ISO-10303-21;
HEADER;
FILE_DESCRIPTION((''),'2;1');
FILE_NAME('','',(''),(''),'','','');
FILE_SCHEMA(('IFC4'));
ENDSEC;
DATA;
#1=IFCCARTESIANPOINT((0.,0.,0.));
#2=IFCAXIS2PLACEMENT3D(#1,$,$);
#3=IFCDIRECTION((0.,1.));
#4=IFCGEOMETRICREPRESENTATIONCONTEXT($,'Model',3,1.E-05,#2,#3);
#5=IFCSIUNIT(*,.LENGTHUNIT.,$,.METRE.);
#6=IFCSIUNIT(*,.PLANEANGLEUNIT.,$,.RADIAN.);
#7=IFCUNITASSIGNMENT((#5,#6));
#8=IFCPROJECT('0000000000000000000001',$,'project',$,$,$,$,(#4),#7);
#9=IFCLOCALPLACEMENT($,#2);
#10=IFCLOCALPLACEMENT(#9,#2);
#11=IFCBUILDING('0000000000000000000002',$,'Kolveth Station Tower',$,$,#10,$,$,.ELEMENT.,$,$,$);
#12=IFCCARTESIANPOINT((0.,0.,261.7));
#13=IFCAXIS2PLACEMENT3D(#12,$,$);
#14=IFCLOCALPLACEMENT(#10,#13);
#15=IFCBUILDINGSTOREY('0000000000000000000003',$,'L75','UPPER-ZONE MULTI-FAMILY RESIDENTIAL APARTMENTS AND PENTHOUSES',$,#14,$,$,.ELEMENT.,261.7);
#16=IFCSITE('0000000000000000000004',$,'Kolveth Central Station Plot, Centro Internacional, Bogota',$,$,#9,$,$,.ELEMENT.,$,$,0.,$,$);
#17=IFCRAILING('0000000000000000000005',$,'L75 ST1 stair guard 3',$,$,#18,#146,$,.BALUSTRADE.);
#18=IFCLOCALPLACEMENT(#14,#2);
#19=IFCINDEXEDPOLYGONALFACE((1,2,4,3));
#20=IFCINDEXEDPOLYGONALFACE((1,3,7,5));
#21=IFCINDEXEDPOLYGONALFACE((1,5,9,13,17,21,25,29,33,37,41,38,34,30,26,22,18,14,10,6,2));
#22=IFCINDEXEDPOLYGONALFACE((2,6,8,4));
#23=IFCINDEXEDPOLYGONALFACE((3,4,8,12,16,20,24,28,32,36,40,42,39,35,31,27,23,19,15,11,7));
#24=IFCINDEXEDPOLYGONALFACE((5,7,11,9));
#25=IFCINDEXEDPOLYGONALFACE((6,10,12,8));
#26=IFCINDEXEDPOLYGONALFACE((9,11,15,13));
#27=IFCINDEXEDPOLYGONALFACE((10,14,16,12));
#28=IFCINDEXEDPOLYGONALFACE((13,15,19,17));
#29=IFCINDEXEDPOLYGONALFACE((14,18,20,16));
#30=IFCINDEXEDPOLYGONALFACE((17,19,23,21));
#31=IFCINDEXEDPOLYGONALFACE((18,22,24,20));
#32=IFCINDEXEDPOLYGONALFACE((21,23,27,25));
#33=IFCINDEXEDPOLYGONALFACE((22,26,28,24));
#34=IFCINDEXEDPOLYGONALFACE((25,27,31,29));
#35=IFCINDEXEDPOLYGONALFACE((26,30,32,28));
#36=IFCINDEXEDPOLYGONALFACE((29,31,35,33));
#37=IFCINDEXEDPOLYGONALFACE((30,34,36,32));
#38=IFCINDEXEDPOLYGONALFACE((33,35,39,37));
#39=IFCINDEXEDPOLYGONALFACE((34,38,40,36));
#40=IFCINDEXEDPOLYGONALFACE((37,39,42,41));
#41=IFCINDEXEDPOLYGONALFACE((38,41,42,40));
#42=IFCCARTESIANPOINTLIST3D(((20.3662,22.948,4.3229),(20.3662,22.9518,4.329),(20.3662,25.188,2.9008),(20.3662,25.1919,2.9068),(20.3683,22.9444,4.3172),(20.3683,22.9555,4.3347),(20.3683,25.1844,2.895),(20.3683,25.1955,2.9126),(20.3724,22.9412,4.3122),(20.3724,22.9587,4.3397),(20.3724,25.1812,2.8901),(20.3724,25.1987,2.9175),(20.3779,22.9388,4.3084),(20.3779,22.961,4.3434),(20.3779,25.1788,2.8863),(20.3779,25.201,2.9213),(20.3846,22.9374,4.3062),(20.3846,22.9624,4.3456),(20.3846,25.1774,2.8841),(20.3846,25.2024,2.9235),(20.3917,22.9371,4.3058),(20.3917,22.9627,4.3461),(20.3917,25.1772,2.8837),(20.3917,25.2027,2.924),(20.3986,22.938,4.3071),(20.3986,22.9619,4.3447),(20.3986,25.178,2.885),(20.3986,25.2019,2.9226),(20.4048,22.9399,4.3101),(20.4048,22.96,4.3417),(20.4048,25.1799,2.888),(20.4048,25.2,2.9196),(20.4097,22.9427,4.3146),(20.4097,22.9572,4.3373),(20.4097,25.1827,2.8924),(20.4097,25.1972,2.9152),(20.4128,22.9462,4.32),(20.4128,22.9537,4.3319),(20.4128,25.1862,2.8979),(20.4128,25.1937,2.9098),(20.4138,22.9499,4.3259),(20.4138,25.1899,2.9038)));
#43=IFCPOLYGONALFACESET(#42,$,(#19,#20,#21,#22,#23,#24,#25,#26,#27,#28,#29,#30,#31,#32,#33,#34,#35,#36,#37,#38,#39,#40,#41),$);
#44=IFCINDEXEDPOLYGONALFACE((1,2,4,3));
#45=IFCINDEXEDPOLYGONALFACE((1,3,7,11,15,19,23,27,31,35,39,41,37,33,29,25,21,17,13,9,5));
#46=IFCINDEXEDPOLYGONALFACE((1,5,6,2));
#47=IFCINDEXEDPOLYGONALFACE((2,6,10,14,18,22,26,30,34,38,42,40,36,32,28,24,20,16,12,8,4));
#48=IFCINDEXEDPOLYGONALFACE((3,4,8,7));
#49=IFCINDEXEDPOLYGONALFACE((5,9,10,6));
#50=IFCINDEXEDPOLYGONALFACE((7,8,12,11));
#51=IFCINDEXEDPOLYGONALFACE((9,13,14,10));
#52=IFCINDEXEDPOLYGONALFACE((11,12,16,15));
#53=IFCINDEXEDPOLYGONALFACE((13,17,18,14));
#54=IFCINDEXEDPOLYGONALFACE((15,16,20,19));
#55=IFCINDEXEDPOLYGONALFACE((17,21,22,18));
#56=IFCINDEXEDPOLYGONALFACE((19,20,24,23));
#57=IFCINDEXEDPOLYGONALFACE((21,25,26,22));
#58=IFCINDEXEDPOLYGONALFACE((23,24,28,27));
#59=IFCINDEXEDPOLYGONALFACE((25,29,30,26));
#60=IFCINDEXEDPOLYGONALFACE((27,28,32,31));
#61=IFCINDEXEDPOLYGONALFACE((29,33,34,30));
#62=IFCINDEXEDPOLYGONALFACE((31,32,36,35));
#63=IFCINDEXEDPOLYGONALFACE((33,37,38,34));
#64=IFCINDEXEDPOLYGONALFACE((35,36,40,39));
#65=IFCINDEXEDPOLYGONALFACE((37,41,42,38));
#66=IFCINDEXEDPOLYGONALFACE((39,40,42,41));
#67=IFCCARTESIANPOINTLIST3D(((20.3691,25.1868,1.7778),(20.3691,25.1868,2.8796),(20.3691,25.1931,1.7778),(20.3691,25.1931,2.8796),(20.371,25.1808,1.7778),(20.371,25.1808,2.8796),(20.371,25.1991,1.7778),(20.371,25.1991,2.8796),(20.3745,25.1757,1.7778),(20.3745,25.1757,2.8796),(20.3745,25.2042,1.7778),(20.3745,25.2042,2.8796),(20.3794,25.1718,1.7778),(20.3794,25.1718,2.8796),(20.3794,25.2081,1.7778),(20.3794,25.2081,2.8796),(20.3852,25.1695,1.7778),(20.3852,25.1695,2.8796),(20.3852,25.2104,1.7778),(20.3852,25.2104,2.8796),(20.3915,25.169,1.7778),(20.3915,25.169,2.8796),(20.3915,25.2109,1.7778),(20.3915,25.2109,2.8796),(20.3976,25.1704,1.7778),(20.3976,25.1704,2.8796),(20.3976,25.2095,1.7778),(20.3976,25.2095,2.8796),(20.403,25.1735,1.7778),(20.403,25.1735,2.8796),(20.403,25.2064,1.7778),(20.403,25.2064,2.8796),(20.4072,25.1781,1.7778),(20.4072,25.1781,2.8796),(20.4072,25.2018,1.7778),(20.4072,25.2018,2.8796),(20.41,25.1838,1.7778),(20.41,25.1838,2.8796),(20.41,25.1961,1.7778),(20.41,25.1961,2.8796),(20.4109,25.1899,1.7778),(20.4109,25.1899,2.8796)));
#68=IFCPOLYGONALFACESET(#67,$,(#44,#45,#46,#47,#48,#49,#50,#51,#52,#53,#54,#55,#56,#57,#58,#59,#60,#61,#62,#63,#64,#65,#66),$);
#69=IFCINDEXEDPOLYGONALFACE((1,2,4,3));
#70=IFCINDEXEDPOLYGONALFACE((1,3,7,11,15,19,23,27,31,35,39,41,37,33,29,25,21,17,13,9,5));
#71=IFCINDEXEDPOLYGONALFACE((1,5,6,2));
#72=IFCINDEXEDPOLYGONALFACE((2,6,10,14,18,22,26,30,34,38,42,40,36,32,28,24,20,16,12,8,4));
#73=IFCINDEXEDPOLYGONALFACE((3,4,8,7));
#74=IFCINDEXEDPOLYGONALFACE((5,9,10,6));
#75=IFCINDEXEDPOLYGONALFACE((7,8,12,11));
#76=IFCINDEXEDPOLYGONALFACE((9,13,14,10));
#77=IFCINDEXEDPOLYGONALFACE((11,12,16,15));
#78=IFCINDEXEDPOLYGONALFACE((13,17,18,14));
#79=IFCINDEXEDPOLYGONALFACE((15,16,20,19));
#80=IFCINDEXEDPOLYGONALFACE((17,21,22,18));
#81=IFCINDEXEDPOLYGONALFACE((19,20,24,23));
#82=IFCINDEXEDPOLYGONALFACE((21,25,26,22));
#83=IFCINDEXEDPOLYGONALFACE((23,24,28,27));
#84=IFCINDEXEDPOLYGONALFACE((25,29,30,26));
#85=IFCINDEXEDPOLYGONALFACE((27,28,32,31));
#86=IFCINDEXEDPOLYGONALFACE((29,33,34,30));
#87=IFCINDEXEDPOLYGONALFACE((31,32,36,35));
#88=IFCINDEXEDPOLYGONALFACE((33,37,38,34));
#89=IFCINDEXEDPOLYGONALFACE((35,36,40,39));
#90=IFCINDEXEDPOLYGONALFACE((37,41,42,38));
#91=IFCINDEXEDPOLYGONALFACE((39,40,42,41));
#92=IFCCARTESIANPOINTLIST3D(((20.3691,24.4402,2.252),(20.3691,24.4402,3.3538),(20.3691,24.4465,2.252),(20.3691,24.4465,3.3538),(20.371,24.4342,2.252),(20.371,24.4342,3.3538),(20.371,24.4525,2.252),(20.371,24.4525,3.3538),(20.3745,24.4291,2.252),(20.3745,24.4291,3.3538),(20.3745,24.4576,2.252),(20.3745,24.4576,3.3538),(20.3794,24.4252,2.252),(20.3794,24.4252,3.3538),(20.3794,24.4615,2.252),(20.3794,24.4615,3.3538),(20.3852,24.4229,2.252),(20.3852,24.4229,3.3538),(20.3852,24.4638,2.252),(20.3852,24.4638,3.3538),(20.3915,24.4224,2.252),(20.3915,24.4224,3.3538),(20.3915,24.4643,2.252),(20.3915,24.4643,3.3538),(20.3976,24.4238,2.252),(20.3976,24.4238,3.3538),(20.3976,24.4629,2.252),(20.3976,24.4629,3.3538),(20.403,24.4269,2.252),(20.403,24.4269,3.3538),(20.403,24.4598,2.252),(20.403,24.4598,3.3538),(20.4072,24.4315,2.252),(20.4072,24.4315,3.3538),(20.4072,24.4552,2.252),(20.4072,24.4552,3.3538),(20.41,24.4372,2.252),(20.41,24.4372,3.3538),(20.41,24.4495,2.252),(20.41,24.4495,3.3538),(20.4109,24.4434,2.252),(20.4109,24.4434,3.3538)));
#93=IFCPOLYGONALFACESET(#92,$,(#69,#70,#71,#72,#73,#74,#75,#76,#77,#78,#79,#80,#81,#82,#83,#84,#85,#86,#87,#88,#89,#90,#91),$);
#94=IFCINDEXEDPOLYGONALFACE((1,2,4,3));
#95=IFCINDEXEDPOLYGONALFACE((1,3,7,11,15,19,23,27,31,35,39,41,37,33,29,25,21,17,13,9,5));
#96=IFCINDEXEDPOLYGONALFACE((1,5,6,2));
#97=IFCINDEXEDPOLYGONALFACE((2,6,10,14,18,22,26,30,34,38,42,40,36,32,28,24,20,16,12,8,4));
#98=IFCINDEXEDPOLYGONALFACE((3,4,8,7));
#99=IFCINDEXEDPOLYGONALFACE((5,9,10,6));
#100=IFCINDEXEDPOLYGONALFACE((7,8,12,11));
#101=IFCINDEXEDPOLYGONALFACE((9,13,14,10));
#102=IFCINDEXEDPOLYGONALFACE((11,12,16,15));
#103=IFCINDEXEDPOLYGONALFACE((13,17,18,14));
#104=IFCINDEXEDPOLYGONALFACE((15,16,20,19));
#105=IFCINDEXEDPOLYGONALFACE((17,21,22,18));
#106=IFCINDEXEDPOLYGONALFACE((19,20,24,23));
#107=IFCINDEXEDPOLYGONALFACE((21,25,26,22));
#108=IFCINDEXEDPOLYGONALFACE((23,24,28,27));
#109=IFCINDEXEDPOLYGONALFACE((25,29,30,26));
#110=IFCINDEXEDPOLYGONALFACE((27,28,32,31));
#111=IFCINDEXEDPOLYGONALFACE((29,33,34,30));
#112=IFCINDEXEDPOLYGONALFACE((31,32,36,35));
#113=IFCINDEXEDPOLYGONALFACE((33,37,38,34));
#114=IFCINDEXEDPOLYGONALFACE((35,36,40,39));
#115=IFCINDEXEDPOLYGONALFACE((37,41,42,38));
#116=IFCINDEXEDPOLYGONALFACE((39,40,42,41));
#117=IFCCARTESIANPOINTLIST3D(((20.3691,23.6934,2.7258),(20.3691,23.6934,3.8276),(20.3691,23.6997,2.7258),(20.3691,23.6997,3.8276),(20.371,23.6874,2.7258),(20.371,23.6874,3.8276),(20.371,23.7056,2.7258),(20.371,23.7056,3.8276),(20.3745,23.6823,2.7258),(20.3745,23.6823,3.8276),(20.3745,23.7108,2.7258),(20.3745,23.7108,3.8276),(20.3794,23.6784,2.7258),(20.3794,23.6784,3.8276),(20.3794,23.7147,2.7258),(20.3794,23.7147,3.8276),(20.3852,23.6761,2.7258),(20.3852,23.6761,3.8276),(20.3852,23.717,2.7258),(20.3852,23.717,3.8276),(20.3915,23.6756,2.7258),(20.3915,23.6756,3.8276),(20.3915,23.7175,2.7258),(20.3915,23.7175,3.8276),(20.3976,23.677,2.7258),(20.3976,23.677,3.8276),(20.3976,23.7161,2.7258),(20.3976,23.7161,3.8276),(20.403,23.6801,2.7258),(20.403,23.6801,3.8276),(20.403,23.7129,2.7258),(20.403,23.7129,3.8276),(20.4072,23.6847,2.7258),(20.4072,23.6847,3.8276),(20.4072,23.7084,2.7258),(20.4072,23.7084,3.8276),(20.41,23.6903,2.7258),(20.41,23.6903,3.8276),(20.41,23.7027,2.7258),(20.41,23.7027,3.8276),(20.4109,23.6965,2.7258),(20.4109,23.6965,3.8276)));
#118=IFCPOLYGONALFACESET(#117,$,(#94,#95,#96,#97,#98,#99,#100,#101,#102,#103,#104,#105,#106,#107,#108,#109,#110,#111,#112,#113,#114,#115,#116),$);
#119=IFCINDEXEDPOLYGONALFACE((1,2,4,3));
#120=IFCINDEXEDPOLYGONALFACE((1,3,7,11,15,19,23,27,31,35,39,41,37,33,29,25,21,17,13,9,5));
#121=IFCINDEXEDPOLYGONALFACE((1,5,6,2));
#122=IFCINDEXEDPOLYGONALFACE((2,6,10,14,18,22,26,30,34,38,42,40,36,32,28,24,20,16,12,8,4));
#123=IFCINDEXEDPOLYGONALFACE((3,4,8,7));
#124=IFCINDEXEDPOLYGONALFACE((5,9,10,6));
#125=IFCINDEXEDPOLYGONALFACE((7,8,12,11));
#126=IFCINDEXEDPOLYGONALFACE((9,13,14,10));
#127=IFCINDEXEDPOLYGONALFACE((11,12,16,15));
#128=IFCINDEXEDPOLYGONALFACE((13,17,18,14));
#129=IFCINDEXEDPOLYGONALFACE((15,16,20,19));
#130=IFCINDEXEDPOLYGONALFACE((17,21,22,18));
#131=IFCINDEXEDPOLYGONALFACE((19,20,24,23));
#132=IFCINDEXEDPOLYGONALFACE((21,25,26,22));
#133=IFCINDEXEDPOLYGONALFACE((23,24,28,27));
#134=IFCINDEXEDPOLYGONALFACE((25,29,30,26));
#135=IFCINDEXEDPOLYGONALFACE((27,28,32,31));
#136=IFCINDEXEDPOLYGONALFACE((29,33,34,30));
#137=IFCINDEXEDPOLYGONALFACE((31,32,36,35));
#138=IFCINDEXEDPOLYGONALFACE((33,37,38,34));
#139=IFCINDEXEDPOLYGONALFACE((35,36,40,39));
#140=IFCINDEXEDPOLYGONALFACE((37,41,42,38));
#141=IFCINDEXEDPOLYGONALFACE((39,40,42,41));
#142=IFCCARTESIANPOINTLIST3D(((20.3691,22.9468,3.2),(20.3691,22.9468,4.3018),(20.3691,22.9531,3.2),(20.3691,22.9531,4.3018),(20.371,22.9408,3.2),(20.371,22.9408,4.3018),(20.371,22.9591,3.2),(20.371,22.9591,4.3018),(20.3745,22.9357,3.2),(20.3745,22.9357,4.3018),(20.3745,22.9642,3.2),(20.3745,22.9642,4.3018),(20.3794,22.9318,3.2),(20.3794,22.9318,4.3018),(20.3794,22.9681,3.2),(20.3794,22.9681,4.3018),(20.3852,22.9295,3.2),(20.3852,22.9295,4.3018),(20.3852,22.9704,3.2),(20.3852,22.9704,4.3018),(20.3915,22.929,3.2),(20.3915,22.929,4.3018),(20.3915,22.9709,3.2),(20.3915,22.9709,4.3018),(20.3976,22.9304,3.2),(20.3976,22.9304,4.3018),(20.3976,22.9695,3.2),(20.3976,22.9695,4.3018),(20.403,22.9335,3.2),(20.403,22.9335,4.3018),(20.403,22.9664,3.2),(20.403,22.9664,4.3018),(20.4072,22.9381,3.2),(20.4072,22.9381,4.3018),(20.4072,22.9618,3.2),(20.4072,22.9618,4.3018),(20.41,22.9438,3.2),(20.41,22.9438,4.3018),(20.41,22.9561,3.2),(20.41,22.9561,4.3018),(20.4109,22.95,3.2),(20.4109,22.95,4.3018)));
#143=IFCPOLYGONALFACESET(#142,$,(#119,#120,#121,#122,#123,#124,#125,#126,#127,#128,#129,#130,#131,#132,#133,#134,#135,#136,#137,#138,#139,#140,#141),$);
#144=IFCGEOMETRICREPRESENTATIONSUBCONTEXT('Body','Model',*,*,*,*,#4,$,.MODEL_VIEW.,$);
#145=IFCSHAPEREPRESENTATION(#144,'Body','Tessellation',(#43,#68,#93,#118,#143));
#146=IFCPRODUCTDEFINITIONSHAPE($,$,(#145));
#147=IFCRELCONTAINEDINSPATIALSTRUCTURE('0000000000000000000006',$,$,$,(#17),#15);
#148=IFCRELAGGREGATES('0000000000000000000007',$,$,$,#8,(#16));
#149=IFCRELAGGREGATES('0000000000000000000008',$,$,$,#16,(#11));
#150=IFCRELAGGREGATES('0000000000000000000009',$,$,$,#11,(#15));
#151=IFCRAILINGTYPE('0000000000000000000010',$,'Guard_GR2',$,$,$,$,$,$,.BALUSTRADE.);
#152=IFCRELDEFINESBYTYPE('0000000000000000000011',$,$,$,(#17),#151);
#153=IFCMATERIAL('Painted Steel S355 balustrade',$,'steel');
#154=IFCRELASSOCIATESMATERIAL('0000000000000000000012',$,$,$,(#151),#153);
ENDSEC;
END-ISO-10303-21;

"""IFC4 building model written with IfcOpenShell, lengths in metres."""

from ifc_helpers import new_model, si_unit, direction, frame, origin, origin_2d, place, context, subcontext, project, spatial, circle, extrude, material, type_object, element, save


model = new_model("IFC4")

# Units and contexts
model_context = context("Model", 3, precision=1e-05, world=origin(), true_north=direction((0.0, 1.0)))
body_context = subcontext(model_context, "Body", "Model", "MODEL_VIEW")
ifc_project = project(units=[si_unit("LENGTHUNIT", "METRE"), si_unit("PLANEANGLEUNIT", "RADIAN")], contexts=[model_context])

# Site, building, storey
site_placement = place(None, origin())
site = spatial("IfcSite", under=ifc_project, at=site_placement, Name="Kolveth Central Station Plot, Centro Internacional, Bogota", CompositionType="ELEMENT", RefElevation=0.0)
building_placement = place(site_placement, origin())
building = spatial("IfcBuilding", under=site, at=building_placement, Name="Kolveth Station Tower", CompositionType="ELEMENT")
storey_placement = place(building_placement, frame((0.0, 0.0, 261.7)))
storey = spatial("IfcBuildingStorey", under=building, at=storey_placement, Name="L75", Description="UPPER-ZONE MULTI-FAMILY RESIDENTIAL APARTMENTS AND PENTHOUSES", CompositionType="ELEMENT", Elevation=261.7)

# Railing
ifc_material_1 = material(Name="Painted Steel S355 balustrade", Category="steel")
railing_type_1 = type_object("IfcRailingType", Name="Guard_GR2", PredefinedType="BALUSTRADE", material=ifc_material_1)
railing_1_placement = place(storey_placement, frame((20.3899, 25.1899, 1.7778)))
element("IfcRailing", 1, at=railing_1_placement, inside=storey, type_object=railing_type_1, Name="L75 ST1 stair guard 3", PredefinedType="BALUSTRADE", context=body_context, shape_type="SweptSolid", body=[
    extrude(circle(Radius=0.0239, at=origin_2d()), frame((0.0, 0.0, 1.126), z_axis=(0.0, -0.844229, 0.535982), x_axis=(1.0, 0.0, 0.0)), (0.0, 0.0, 1.0), 2.6533),
    extrude(circle(Radius=0.021, at=origin_2d()), origin(), (0.0, 0.0, 1.0), 1.1018),
    extrude(circle(Radius=0.021, at=origin_2d()), frame((0.0, -0.7466, 0.4741)), (0.0, 0.0, 1.0), 1.1018),
    extrude(circle(Radius=0.021, at=origin_2d()), frame((0.0, -1.4934, 0.948)), (0.0, 0.0, 1.0), 1.1018),
    extrude(circle(Radius=0.021, at=origin_2d()), frame((0.0, -2.24, 1.4221)), (0.0, 0.0, 1.0), 1.1018),
])

save(model, "model.ifc")
